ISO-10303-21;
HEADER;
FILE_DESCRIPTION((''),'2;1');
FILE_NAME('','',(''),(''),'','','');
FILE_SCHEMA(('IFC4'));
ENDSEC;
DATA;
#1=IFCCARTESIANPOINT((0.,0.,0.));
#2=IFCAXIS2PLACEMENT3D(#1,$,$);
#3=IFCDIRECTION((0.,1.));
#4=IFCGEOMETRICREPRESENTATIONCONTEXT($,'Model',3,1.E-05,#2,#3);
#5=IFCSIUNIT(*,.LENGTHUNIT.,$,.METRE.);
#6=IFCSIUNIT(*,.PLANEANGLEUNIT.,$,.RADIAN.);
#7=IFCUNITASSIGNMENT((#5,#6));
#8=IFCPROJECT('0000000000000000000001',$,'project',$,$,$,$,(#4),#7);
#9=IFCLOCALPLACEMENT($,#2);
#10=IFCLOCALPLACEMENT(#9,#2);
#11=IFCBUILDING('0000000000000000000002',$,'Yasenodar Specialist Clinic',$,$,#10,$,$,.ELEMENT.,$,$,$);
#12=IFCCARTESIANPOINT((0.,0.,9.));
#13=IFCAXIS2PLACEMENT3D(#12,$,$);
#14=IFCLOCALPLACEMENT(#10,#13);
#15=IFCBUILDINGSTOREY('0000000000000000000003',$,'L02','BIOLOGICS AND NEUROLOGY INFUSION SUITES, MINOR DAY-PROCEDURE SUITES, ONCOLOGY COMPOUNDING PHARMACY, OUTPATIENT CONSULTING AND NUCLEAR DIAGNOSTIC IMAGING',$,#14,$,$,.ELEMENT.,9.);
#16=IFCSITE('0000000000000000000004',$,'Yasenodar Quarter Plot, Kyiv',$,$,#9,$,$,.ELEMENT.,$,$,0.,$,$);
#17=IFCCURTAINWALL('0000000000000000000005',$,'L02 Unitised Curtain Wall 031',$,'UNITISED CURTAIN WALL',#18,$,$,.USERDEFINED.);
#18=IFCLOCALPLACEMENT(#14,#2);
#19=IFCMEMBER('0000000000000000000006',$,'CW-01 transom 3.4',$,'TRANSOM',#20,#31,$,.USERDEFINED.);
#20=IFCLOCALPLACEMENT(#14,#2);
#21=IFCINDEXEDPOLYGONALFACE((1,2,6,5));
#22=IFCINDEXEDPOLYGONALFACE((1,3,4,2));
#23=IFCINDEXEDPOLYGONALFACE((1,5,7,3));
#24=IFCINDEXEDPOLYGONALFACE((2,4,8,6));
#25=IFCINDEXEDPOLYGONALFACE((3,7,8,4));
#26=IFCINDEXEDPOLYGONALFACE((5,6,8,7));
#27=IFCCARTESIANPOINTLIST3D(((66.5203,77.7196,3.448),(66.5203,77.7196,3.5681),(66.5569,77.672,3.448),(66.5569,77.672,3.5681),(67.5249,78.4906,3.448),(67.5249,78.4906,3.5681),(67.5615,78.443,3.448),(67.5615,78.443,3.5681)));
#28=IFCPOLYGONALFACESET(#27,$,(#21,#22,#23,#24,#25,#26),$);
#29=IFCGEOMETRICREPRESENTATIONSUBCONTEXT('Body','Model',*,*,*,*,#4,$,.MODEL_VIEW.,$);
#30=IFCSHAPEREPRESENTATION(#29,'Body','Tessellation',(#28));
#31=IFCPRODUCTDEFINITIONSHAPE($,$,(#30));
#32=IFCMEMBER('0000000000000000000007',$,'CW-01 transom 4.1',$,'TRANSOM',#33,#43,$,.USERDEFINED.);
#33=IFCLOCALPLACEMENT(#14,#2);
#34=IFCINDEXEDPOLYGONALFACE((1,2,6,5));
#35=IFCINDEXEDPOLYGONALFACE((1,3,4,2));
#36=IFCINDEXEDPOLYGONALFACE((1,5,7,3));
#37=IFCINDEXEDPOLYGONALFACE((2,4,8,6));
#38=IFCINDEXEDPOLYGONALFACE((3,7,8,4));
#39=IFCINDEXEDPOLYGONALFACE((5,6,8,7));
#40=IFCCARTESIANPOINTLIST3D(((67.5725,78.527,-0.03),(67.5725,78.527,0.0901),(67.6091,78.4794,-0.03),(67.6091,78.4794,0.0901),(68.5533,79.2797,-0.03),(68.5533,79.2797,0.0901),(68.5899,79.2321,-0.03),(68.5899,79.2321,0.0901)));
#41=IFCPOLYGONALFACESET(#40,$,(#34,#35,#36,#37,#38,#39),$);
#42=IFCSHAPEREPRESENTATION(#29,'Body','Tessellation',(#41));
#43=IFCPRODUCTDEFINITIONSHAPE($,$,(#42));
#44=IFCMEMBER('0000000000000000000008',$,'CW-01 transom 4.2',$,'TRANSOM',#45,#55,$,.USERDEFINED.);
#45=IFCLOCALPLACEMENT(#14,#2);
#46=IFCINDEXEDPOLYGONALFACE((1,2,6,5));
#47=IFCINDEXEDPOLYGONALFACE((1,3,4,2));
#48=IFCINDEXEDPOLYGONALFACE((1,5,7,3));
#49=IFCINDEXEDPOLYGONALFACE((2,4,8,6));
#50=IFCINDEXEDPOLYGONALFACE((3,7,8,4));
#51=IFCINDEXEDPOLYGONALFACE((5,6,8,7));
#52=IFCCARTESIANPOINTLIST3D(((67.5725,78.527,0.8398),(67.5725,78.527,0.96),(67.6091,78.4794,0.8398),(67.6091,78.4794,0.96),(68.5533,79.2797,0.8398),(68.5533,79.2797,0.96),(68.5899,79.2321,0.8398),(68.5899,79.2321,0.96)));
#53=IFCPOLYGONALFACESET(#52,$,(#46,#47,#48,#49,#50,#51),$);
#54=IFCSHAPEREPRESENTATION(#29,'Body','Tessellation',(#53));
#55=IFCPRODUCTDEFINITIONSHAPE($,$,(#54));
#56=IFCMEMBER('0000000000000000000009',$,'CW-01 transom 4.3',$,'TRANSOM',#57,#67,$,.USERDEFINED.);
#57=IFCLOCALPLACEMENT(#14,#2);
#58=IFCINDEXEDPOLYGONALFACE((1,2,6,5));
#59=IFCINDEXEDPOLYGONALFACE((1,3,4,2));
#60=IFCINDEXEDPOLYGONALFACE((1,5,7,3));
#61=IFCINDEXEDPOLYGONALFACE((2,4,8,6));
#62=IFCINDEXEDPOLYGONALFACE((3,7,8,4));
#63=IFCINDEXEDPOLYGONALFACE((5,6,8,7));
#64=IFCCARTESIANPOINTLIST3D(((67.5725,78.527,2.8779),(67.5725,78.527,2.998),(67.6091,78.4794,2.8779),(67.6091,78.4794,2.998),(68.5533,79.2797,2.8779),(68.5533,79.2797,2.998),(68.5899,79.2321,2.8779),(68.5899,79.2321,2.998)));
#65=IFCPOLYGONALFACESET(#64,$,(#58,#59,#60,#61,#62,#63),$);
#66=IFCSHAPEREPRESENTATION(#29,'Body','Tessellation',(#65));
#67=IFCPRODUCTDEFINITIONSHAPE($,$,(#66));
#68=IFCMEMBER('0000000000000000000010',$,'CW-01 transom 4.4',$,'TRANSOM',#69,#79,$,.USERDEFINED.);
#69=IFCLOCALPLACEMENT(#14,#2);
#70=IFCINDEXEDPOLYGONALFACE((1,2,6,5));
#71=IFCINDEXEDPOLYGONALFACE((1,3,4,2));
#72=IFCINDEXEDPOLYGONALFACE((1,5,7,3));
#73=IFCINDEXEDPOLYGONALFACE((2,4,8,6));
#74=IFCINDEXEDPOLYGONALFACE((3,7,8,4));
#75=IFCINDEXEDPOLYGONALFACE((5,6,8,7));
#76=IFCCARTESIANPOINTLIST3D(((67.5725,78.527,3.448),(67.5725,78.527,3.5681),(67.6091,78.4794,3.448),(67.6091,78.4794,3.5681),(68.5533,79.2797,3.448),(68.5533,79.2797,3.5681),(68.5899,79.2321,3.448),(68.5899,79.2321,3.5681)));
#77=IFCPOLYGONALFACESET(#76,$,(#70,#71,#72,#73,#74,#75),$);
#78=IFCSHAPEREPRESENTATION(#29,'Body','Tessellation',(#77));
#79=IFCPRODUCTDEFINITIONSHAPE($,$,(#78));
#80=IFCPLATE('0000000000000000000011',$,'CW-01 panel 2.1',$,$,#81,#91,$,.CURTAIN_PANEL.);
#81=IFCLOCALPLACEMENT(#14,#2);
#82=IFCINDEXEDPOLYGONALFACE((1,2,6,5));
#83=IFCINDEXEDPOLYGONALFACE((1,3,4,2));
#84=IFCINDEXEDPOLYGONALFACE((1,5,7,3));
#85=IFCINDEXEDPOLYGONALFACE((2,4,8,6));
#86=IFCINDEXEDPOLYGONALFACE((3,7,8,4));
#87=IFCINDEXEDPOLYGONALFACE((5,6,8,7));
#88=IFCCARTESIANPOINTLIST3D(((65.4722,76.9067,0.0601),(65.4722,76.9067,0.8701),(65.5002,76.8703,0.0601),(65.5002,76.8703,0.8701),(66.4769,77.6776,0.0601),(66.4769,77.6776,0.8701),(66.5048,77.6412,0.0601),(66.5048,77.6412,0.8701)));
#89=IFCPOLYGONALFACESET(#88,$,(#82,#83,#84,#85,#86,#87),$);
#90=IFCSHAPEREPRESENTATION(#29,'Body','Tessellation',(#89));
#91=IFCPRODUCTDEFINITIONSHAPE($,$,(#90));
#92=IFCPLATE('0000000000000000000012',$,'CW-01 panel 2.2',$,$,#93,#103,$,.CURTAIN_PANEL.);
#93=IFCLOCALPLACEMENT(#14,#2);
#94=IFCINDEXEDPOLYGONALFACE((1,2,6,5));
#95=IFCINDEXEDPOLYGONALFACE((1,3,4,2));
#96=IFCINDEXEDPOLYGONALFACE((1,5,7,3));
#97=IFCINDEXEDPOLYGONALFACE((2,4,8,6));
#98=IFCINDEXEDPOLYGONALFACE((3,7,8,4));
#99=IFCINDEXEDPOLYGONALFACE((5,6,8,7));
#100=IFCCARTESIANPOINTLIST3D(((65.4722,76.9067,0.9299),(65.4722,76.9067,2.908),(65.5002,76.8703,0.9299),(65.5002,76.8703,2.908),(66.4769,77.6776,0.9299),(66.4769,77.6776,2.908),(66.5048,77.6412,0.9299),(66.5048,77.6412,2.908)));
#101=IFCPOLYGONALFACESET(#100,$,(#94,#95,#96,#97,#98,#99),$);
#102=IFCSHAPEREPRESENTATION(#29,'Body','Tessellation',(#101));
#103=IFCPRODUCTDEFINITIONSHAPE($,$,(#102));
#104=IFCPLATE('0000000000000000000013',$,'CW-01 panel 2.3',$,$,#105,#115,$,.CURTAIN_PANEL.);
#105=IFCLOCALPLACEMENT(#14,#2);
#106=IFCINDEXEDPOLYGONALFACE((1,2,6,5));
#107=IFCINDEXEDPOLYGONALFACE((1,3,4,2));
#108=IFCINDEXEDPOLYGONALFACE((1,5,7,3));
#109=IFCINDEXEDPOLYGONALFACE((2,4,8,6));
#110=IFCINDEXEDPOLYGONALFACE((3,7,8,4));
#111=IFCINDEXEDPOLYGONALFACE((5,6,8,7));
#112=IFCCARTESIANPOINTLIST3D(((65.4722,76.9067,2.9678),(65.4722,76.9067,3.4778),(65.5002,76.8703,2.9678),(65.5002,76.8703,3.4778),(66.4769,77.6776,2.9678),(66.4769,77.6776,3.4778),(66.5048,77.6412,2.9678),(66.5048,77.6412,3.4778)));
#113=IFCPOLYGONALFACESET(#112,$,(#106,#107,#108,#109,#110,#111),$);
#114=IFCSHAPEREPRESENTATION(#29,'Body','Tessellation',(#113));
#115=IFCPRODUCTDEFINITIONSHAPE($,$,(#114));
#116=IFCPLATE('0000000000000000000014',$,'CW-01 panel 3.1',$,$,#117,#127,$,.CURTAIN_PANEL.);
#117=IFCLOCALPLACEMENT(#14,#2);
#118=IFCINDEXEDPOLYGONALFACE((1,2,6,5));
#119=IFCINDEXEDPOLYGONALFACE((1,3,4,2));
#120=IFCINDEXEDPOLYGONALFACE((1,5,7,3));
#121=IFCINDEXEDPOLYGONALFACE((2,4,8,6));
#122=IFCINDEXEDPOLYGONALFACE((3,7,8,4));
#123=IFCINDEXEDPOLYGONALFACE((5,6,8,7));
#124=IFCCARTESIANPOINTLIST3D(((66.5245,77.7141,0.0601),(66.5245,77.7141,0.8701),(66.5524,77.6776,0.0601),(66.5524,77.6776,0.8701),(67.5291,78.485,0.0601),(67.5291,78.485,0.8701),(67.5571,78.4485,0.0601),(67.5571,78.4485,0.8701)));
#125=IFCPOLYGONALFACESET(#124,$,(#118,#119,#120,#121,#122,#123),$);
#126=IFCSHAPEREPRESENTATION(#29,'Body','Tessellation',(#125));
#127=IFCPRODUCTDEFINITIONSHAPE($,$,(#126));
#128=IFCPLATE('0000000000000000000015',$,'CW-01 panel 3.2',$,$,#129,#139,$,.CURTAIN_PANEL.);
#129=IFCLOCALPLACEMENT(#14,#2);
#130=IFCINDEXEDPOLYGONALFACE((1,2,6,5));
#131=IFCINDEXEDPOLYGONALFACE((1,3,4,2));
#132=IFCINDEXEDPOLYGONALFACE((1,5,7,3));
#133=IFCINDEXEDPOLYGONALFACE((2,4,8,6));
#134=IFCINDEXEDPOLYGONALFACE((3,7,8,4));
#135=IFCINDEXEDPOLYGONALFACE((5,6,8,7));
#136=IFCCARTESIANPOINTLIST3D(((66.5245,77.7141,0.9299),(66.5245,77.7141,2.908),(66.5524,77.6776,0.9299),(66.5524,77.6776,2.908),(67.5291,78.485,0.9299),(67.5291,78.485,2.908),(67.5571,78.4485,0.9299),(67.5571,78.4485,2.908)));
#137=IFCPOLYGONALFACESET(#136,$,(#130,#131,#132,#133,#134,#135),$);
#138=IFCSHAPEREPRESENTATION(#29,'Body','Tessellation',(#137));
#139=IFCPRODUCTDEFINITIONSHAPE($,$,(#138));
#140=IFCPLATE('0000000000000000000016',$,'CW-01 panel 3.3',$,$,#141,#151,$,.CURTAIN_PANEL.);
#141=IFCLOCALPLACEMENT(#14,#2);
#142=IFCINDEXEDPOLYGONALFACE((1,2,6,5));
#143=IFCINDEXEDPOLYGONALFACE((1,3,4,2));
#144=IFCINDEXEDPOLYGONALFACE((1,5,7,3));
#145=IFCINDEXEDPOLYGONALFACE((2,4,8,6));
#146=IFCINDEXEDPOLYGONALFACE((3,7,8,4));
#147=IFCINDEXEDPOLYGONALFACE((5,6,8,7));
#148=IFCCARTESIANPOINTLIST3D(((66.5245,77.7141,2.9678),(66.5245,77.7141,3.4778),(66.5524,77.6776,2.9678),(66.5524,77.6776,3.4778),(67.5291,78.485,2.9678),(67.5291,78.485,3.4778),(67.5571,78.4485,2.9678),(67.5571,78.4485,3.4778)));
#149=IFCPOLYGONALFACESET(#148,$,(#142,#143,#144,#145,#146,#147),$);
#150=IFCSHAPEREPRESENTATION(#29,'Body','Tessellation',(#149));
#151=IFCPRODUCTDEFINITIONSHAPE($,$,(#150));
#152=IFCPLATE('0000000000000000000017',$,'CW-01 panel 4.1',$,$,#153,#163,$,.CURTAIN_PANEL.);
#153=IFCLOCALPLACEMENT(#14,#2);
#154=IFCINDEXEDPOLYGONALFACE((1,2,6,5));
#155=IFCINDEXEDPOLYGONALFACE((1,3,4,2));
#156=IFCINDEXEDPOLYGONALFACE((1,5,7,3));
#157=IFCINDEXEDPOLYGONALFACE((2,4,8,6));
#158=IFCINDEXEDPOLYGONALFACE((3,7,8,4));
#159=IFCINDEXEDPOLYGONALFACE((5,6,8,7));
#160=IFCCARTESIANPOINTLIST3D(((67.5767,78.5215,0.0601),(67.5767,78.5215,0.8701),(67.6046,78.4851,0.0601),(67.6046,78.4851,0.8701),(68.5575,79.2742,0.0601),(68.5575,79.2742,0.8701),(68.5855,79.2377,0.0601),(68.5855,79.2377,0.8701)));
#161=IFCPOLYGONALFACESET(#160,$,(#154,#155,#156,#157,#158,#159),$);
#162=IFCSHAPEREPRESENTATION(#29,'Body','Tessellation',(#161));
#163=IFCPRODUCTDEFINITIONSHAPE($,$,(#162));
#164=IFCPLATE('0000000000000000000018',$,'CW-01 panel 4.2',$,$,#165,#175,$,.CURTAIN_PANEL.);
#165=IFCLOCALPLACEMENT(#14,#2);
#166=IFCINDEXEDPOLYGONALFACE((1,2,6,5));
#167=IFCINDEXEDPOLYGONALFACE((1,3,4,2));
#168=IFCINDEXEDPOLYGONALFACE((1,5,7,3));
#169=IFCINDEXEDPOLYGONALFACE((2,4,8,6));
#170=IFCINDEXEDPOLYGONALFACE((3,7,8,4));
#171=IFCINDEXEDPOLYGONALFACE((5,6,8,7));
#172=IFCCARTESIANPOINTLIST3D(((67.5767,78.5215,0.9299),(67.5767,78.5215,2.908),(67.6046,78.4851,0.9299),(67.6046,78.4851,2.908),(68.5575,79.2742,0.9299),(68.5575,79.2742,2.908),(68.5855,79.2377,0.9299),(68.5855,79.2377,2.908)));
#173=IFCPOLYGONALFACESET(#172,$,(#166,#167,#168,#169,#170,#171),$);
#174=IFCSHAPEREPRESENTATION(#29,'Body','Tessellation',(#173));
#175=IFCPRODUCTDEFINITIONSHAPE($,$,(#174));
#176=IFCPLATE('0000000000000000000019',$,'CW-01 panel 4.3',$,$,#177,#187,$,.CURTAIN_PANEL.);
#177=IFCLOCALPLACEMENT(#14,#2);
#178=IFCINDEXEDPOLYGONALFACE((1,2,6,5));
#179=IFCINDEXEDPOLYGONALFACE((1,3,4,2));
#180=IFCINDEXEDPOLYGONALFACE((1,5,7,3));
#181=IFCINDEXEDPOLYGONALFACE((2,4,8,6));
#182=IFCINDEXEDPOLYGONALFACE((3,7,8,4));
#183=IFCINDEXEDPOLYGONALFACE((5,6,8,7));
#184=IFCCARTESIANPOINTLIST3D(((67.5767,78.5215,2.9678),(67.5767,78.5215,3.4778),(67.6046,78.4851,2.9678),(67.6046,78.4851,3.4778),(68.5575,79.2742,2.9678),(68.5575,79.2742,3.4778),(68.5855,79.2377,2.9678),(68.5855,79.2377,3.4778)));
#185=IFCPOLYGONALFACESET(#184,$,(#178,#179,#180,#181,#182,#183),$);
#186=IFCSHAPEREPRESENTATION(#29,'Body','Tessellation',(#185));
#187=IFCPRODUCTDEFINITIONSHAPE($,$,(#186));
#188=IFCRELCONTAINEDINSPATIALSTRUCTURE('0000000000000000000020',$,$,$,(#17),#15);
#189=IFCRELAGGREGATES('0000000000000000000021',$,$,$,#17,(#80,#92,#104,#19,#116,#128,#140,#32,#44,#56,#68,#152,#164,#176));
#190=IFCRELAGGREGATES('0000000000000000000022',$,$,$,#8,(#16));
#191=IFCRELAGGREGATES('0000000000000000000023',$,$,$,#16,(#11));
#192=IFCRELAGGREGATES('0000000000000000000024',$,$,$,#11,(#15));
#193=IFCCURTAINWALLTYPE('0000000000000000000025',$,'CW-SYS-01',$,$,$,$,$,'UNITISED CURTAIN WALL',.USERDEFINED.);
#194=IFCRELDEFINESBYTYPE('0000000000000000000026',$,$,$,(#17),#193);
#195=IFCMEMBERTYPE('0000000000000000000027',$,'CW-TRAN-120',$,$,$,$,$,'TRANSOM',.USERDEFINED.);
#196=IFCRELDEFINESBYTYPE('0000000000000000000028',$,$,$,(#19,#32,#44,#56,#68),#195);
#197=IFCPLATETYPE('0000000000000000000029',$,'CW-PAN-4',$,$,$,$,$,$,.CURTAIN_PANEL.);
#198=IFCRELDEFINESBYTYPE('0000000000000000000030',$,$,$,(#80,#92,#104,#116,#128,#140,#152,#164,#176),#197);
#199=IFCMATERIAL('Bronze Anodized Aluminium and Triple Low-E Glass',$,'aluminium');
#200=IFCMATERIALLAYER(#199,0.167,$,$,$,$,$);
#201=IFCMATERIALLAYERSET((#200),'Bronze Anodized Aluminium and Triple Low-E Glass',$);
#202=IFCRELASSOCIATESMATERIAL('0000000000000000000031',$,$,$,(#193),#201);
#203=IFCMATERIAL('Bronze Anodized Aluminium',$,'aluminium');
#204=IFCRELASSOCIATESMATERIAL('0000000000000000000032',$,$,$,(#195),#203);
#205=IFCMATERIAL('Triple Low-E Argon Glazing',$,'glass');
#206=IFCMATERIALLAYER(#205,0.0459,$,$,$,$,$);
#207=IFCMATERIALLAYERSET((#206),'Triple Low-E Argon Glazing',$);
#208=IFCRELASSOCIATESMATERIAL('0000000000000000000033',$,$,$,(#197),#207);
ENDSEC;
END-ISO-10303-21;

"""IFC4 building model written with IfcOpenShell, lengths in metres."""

from ifc_helpers import new_model, si_unit, direction, frame, origin, origin_2d, place, context, subcontext, project, spatial, rectangle, extrude, material, layer, layer_set, material_profile, profile_set, type_object, element, aggregate, save


model = new_model("IFC4")

# Units and contexts
model_context = context("Model", 3, precision=1e-05, world=origin(), true_north=direction((0.0, 1.0)))
body_context = subcontext(model_context, "Body", "Model", "MODEL_VIEW")
ifc_project = project(units=[si_unit("LENGTHUNIT", "METRE"), si_unit("PLANEANGLEUNIT", "RADIAN")], contexts=[model_context])

# Site, building, storey
site_placement = place(None, origin())
site = spatial("IfcSite", under=ifc_project, at=site_placement, Name="Yasenodar Quarter Plot, Kyiv", CompositionType="ELEMENT", RefElevation=0.0)
building_placement = place(site_placement, origin())
building = spatial("IfcBuilding", under=site, at=building_placement, Name="Yasenodar Specialist Clinic", CompositionType="ELEMENT")
storey_placement = place(building_placement, frame((0.0, 0.0, 9.0)))
storey = spatial("IfcBuildingStorey", under=building, at=storey_placement, Name="L02", Description="BIOLOGICS AND NEUROLOGY INFUSION SUITES, MINOR DAY-PROCEDURE SUITES, ONCOLOGY COMPOUNDING PHARMACY, OUTPATIENT CONSULTING AND NUCLEAR DIAGNOSTIC IMAGING", CompositionType="ELEMENT", Elevation=9.0)

# Curtain wall, members, plates
ifc_material_1 = material(Name="Bronze Anodized Aluminium and Triple Low-E Glass", Category="aluminium")
ifc_layer_1 = layer(ifc_material_1, 0.167)
ifc_layer_set_1 = layer_set([ifc_layer_1], Name="Bronze Anodized Aluminium and Triple Low-E Glass")
curtain_wall_type = type_object("IfcCurtainWallType", Name="CW-SYS-01", ElementType="UNITISED CURTAIN WALL", PredefinedType="USERDEFINED", material=ifc_layer_set_1)
curtain_wall_placement = place(storey_placement, origin())
curtain_wall = element("IfcCurtainWall", 1, at=curtain_wall_placement, inside=storey, type_object=curtain_wall_type, Name="L02 Unitised Curtain Wall 031", ObjectType="UNITISED CURTAIN WALL", PredefinedType="USERDEFINED")
ifc_material_2 = material(Name="Bronze Anodized Aluminium", Category="aluminium")
ifc_material_profile_1 = material_profile(ifc_material_2, rectangle(XDim=0.0601, YDim=0.1201, at=origin_2d()), Name="CW-TRAN 60x120")
ifc_profile_set_1 = profile_set([ifc_material_profile_1], Name="Bronze Anodized Aluminium")
member_type_1 = type_object("IfcMemberType", Name="CW-TRAN-120", ElementType="TRANSOM", PredefinedType="USERDEFINED", material=ifc_profile_set_1)
member_1_placement = place(storey_placement, frame((66.5386, 77.6958, 3.5081), z_axis=(0.793311, 0.608816, 0.0), x_axis=(-0.608816, 0.793311, 0.0)))
member_1 = element("IfcMember", 2, at=member_1_placement, type_object=member_type_1, Name="CW-01 transom 3.4", ObjectType="TRANSOM", PredefinedType="USERDEFINED", context=body_context, shape_type="SweptSolid", body=[
    extrude(rectangle(XDim=0.0601, YDim=0.1201, at=origin_2d()), origin(), (0.0, 0.0, 1.0), 1.2664),
])
member_2_placement = place(storey_placement, frame((67.5908, 78.5032, 0.03), z_axis=(0.793292, 0.608842, 0.0), x_axis=(-0.608842, 0.793292, 0.0)))
member_2 = element("IfcMember", 3, at=member_2_placement, type_object=member_type_1, Name="CW-01 transom 4.1", ObjectType="TRANSOM", PredefinedType="USERDEFINED", context=body_context, shape_type="SweptSolid", body=[
    extrude(rectangle(XDim=0.0601, YDim=0.1201, at=origin_2d()), origin(), (0.0, 0.0, 1.0), 1.2363),
])
member_3_placement = place(storey_placement, frame((67.5908, 78.5032, 0.8999), z_axis=(0.793292, 0.608842, 0.0), x_axis=(-0.608842, 0.793292, 0.0)))
member_3 = element("IfcMember", 4, at=member_3_placement, type_object=member_type_1, Name="CW-01 transom 4.2", ObjectType="TRANSOM", PredefinedType="USERDEFINED", context=body_context, shape_type="SweptSolid", body=[
    extrude(rectangle(XDim=0.0601, YDim=0.1201, at=origin_2d()), origin(), (0.0, 0.0, 1.0), 1.2363),
])
member_4_placement = place(storey_placement, frame((67.5908, 78.5032, 2.938), z_axis=(0.793292, 0.608842, 0.0), x_axis=(-0.608842, 0.793292, 0.0)))
member_4 = element("IfcMember", 5, at=member_4_placement, type_object=member_type_1, Name="CW-01 transom 4.3", ObjectType="TRANSOM", PredefinedType="USERDEFINED", context=body_context, shape_type="SweptSolid", body=[
    extrude(rectangle(XDim=0.0601, YDim=0.1201, at=origin_2d()), origin(), (0.0, 0.0, 1.0), 1.2363),
])
member_5_placement = place(storey_placement, frame((67.5908, 78.5032, 3.5081), z_axis=(0.793292, 0.608842, 0.0), x_axis=(-0.608842, 0.793292, 0.0)))
member_5 = element("IfcMember", 6, at=member_5_placement, type_object=member_type_1, Name="CW-01 transom 4.4", ObjectType="TRANSOM", PredefinedType="USERDEFINED", context=body_context, shape_type="SweptSolid", body=[
    extrude(rectangle(XDim=0.0601, YDim=0.1201, at=origin_2d()), origin(), (0.0, 0.0, 1.0), 1.2363),
])
ifc_material_3 = material(Name="Triple Low-E Argon Glazing", Category="glass")
ifc_layer_2 = layer(ifc_material_3, 0.0459)
ifc_layer_set_2 = layer_set([ifc_layer_2], Name="Triple Low-E Argon Glazing")
plate_type_1 = type_object("IfcPlateType", Name="CW-PAN-4", PredefinedType="CURTAIN_PANEL", material=ifc_layer_set_2)
plate_1_placement = place(storey_placement, frame((65.9885, 77.2739, 0.0601), z_axis=(0.0, 0.0, 1.0), x_axis=(0.793361, 0.608752, 0.0)))
plate_1 = element("IfcPlate", 7, at=plate_1_placement, type_object=plate_type_1, Name="CW-01 panel 2.1", PredefinedType="CURTAIN_PANEL", context=body_context, shape_type="SweptSolid", body=[
    extrude(rectangle(XDim=1.2664, YDim=0.0459, at=origin_2d()), origin(), (0.0, 0.0, 1.0), 0.8101),
])
plate_2_placement = place(storey_placement, frame((65.9885, 77.2739, 0.9299), z_axis=(0.0, 0.0, 1.0), x_axis=(0.793361, 0.608752, 0.0)))
plate_2 = element("IfcPlate", 8, at=plate_2_placement, type_object=plate_type_1, Name="CW-01 panel 2.2", PredefinedType="CURTAIN_PANEL", context=body_context, shape_type="SweptSolid", body=[
    extrude(rectangle(XDim=1.2664, YDim=0.0459, at=origin_2d()), origin(), (0.0, 0.0, 1.0), 1.978),
])
plate_3_placement = place(storey_placement, frame((65.9885, 77.2739, 2.9678), z_axis=(0.0, 0.0, 1.0), x_axis=(0.793361, 0.608752, 0.0)))
plate_3 = element("IfcPlate", 9, at=plate_3_placement, type_object=plate_type_1, Name="CW-01 panel 2.3", PredefinedType="CURTAIN_PANEL", context=body_context, shape_type="SweptSolid", body=[
    extrude(rectangle(XDim=1.2664, YDim=0.0459, at=origin_2d()), origin(), (0.0, 0.0, 1.0), 0.51),
])
plate_4_placement = place(storey_placement, frame((67.0408, 78.0813, 0.0601), z_axis=(0.0, 0.0, 1.0), x_axis=(0.793361, 0.608752, 0.0)))
plate_4 = element("IfcPlate", 10, at=plate_4_placement, type_object=plate_type_1, Name="CW-01 panel 3.1", PredefinedType="CURTAIN_PANEL", context=body_context, shape_type="SweptSolid", body=[
    extrude(rectangle(XDim=1.2664, YDim=0.0459, at=origin_2d()), origin(), (0.0, 0.0, 1.0), 0.8101),
])
plate_5_placement = place(storey_placement, frame((67.0408, 78.0813, 0.9299), z_axis=(0.0, 0.0, 1.0), x_axis=(0.793361, 0.608752, 0.0)))
plate_5 = element("IfcPlate", 11, at=plate_5_placement, type_object=plate_type_1, Name="CW-01 panel 3.2", PredefinedType="CURTAIN_PANEL", context=body_context, shape_type="SweptSolid", body=[
    extrude(rectangle(XDim=1.2664, YDim=0.0459, at=origin_2d()), origin(), (0.0, 0.0, 1.0), 1.978),
])
plate_6_placement = place(storey_placement, frame((67.0408, 78.0813, 2.9678), z_axis=(0.0, 0.0, 1.0), x_axis=(0.793361, 0.608752, 0.0)))
plate_6 = element("IfcPlate", 12, at=plate_6_placement, type_object=plate_type_1, Name="CW-01 panel 3.3", PredefinedType="CURTAIN_PANEL", context=body_context, shape_type="SweptSolid", body=[
    extrude(rectangle(XDim=1.2664, YDim=0.0459, at=origin_2d()), origin(), (0.0, 0.0, 1.0), 0.51),
])
plate_7_placement = place(storey_placement, frame((68.0811, 78.8796, 0.0601), z_axis=(0.0, 0.0, 1.0), x_axis=(0.793361, 0.608752, 0.0)))
plate_7 = element("IfcPlate", 13, at=plate_7_placement, type_object=plate_type_1, Name="CW-01 panel 4.1", PredefinedType="CURTAIN_PANEL", context=body_context, shape_type="SweptSolid", body=[
    extrude(rectangle(XDim=1.2363, YDim=0.0459, at=origin_2d()), origin(), (0.0, 0.0, 1.0), 0.8101),
])
plate_8_placement = place(storey_placement, frame((68.0811, 78.8796, 0.9299), z_axis=(0.0, 0.0, 1.0), x_axis=(0.793361, 0.608752, 0.0)))
plate_8 = element("IfcPlate", 14, at=plate_8_placement, type_object=plate_type_1, Name="CW-01 panel 4.2", PredefinedType="CURTAIN_PANEL", context=body_context, shape_type="SweptSolid", body=[
    extrude(rectangle(XDim=1.2363, YDim=0.0459, at=origin_2d()), origin(), (0.0, 0.0, 1.0), 1.978),
])
plate_9_placement = place(storey_placement, frame((68.0811, 78.8796, 2.9678), z_axis=(0.0, 0.0, 1.0), x_axis=(0.793361, 0.608752, 0.0)))
plate_9 = element("IfcPlate", 15, at=plate_9_placement, type_object=plate_type_1, Name="CW-01 panel 4.3", PredefinedType="CURTAIN_PANEL", context=body_context, shape_type="SweptSolid", body=[
    extrude(rectangle(XDim=1.2363, YDim=0.0459, at=origin_2d()), origin(), (0.0, 0.0, 1.0), 0.51),
])
aggregate(curtain_wall, [plate_1, plate_2, plate_3, member_1, plate_4, plate_5, plate_6, member_2, member_3, member_4, member_5, plate_7, plate_8, plate_9])

save(model, "model.ifc")
